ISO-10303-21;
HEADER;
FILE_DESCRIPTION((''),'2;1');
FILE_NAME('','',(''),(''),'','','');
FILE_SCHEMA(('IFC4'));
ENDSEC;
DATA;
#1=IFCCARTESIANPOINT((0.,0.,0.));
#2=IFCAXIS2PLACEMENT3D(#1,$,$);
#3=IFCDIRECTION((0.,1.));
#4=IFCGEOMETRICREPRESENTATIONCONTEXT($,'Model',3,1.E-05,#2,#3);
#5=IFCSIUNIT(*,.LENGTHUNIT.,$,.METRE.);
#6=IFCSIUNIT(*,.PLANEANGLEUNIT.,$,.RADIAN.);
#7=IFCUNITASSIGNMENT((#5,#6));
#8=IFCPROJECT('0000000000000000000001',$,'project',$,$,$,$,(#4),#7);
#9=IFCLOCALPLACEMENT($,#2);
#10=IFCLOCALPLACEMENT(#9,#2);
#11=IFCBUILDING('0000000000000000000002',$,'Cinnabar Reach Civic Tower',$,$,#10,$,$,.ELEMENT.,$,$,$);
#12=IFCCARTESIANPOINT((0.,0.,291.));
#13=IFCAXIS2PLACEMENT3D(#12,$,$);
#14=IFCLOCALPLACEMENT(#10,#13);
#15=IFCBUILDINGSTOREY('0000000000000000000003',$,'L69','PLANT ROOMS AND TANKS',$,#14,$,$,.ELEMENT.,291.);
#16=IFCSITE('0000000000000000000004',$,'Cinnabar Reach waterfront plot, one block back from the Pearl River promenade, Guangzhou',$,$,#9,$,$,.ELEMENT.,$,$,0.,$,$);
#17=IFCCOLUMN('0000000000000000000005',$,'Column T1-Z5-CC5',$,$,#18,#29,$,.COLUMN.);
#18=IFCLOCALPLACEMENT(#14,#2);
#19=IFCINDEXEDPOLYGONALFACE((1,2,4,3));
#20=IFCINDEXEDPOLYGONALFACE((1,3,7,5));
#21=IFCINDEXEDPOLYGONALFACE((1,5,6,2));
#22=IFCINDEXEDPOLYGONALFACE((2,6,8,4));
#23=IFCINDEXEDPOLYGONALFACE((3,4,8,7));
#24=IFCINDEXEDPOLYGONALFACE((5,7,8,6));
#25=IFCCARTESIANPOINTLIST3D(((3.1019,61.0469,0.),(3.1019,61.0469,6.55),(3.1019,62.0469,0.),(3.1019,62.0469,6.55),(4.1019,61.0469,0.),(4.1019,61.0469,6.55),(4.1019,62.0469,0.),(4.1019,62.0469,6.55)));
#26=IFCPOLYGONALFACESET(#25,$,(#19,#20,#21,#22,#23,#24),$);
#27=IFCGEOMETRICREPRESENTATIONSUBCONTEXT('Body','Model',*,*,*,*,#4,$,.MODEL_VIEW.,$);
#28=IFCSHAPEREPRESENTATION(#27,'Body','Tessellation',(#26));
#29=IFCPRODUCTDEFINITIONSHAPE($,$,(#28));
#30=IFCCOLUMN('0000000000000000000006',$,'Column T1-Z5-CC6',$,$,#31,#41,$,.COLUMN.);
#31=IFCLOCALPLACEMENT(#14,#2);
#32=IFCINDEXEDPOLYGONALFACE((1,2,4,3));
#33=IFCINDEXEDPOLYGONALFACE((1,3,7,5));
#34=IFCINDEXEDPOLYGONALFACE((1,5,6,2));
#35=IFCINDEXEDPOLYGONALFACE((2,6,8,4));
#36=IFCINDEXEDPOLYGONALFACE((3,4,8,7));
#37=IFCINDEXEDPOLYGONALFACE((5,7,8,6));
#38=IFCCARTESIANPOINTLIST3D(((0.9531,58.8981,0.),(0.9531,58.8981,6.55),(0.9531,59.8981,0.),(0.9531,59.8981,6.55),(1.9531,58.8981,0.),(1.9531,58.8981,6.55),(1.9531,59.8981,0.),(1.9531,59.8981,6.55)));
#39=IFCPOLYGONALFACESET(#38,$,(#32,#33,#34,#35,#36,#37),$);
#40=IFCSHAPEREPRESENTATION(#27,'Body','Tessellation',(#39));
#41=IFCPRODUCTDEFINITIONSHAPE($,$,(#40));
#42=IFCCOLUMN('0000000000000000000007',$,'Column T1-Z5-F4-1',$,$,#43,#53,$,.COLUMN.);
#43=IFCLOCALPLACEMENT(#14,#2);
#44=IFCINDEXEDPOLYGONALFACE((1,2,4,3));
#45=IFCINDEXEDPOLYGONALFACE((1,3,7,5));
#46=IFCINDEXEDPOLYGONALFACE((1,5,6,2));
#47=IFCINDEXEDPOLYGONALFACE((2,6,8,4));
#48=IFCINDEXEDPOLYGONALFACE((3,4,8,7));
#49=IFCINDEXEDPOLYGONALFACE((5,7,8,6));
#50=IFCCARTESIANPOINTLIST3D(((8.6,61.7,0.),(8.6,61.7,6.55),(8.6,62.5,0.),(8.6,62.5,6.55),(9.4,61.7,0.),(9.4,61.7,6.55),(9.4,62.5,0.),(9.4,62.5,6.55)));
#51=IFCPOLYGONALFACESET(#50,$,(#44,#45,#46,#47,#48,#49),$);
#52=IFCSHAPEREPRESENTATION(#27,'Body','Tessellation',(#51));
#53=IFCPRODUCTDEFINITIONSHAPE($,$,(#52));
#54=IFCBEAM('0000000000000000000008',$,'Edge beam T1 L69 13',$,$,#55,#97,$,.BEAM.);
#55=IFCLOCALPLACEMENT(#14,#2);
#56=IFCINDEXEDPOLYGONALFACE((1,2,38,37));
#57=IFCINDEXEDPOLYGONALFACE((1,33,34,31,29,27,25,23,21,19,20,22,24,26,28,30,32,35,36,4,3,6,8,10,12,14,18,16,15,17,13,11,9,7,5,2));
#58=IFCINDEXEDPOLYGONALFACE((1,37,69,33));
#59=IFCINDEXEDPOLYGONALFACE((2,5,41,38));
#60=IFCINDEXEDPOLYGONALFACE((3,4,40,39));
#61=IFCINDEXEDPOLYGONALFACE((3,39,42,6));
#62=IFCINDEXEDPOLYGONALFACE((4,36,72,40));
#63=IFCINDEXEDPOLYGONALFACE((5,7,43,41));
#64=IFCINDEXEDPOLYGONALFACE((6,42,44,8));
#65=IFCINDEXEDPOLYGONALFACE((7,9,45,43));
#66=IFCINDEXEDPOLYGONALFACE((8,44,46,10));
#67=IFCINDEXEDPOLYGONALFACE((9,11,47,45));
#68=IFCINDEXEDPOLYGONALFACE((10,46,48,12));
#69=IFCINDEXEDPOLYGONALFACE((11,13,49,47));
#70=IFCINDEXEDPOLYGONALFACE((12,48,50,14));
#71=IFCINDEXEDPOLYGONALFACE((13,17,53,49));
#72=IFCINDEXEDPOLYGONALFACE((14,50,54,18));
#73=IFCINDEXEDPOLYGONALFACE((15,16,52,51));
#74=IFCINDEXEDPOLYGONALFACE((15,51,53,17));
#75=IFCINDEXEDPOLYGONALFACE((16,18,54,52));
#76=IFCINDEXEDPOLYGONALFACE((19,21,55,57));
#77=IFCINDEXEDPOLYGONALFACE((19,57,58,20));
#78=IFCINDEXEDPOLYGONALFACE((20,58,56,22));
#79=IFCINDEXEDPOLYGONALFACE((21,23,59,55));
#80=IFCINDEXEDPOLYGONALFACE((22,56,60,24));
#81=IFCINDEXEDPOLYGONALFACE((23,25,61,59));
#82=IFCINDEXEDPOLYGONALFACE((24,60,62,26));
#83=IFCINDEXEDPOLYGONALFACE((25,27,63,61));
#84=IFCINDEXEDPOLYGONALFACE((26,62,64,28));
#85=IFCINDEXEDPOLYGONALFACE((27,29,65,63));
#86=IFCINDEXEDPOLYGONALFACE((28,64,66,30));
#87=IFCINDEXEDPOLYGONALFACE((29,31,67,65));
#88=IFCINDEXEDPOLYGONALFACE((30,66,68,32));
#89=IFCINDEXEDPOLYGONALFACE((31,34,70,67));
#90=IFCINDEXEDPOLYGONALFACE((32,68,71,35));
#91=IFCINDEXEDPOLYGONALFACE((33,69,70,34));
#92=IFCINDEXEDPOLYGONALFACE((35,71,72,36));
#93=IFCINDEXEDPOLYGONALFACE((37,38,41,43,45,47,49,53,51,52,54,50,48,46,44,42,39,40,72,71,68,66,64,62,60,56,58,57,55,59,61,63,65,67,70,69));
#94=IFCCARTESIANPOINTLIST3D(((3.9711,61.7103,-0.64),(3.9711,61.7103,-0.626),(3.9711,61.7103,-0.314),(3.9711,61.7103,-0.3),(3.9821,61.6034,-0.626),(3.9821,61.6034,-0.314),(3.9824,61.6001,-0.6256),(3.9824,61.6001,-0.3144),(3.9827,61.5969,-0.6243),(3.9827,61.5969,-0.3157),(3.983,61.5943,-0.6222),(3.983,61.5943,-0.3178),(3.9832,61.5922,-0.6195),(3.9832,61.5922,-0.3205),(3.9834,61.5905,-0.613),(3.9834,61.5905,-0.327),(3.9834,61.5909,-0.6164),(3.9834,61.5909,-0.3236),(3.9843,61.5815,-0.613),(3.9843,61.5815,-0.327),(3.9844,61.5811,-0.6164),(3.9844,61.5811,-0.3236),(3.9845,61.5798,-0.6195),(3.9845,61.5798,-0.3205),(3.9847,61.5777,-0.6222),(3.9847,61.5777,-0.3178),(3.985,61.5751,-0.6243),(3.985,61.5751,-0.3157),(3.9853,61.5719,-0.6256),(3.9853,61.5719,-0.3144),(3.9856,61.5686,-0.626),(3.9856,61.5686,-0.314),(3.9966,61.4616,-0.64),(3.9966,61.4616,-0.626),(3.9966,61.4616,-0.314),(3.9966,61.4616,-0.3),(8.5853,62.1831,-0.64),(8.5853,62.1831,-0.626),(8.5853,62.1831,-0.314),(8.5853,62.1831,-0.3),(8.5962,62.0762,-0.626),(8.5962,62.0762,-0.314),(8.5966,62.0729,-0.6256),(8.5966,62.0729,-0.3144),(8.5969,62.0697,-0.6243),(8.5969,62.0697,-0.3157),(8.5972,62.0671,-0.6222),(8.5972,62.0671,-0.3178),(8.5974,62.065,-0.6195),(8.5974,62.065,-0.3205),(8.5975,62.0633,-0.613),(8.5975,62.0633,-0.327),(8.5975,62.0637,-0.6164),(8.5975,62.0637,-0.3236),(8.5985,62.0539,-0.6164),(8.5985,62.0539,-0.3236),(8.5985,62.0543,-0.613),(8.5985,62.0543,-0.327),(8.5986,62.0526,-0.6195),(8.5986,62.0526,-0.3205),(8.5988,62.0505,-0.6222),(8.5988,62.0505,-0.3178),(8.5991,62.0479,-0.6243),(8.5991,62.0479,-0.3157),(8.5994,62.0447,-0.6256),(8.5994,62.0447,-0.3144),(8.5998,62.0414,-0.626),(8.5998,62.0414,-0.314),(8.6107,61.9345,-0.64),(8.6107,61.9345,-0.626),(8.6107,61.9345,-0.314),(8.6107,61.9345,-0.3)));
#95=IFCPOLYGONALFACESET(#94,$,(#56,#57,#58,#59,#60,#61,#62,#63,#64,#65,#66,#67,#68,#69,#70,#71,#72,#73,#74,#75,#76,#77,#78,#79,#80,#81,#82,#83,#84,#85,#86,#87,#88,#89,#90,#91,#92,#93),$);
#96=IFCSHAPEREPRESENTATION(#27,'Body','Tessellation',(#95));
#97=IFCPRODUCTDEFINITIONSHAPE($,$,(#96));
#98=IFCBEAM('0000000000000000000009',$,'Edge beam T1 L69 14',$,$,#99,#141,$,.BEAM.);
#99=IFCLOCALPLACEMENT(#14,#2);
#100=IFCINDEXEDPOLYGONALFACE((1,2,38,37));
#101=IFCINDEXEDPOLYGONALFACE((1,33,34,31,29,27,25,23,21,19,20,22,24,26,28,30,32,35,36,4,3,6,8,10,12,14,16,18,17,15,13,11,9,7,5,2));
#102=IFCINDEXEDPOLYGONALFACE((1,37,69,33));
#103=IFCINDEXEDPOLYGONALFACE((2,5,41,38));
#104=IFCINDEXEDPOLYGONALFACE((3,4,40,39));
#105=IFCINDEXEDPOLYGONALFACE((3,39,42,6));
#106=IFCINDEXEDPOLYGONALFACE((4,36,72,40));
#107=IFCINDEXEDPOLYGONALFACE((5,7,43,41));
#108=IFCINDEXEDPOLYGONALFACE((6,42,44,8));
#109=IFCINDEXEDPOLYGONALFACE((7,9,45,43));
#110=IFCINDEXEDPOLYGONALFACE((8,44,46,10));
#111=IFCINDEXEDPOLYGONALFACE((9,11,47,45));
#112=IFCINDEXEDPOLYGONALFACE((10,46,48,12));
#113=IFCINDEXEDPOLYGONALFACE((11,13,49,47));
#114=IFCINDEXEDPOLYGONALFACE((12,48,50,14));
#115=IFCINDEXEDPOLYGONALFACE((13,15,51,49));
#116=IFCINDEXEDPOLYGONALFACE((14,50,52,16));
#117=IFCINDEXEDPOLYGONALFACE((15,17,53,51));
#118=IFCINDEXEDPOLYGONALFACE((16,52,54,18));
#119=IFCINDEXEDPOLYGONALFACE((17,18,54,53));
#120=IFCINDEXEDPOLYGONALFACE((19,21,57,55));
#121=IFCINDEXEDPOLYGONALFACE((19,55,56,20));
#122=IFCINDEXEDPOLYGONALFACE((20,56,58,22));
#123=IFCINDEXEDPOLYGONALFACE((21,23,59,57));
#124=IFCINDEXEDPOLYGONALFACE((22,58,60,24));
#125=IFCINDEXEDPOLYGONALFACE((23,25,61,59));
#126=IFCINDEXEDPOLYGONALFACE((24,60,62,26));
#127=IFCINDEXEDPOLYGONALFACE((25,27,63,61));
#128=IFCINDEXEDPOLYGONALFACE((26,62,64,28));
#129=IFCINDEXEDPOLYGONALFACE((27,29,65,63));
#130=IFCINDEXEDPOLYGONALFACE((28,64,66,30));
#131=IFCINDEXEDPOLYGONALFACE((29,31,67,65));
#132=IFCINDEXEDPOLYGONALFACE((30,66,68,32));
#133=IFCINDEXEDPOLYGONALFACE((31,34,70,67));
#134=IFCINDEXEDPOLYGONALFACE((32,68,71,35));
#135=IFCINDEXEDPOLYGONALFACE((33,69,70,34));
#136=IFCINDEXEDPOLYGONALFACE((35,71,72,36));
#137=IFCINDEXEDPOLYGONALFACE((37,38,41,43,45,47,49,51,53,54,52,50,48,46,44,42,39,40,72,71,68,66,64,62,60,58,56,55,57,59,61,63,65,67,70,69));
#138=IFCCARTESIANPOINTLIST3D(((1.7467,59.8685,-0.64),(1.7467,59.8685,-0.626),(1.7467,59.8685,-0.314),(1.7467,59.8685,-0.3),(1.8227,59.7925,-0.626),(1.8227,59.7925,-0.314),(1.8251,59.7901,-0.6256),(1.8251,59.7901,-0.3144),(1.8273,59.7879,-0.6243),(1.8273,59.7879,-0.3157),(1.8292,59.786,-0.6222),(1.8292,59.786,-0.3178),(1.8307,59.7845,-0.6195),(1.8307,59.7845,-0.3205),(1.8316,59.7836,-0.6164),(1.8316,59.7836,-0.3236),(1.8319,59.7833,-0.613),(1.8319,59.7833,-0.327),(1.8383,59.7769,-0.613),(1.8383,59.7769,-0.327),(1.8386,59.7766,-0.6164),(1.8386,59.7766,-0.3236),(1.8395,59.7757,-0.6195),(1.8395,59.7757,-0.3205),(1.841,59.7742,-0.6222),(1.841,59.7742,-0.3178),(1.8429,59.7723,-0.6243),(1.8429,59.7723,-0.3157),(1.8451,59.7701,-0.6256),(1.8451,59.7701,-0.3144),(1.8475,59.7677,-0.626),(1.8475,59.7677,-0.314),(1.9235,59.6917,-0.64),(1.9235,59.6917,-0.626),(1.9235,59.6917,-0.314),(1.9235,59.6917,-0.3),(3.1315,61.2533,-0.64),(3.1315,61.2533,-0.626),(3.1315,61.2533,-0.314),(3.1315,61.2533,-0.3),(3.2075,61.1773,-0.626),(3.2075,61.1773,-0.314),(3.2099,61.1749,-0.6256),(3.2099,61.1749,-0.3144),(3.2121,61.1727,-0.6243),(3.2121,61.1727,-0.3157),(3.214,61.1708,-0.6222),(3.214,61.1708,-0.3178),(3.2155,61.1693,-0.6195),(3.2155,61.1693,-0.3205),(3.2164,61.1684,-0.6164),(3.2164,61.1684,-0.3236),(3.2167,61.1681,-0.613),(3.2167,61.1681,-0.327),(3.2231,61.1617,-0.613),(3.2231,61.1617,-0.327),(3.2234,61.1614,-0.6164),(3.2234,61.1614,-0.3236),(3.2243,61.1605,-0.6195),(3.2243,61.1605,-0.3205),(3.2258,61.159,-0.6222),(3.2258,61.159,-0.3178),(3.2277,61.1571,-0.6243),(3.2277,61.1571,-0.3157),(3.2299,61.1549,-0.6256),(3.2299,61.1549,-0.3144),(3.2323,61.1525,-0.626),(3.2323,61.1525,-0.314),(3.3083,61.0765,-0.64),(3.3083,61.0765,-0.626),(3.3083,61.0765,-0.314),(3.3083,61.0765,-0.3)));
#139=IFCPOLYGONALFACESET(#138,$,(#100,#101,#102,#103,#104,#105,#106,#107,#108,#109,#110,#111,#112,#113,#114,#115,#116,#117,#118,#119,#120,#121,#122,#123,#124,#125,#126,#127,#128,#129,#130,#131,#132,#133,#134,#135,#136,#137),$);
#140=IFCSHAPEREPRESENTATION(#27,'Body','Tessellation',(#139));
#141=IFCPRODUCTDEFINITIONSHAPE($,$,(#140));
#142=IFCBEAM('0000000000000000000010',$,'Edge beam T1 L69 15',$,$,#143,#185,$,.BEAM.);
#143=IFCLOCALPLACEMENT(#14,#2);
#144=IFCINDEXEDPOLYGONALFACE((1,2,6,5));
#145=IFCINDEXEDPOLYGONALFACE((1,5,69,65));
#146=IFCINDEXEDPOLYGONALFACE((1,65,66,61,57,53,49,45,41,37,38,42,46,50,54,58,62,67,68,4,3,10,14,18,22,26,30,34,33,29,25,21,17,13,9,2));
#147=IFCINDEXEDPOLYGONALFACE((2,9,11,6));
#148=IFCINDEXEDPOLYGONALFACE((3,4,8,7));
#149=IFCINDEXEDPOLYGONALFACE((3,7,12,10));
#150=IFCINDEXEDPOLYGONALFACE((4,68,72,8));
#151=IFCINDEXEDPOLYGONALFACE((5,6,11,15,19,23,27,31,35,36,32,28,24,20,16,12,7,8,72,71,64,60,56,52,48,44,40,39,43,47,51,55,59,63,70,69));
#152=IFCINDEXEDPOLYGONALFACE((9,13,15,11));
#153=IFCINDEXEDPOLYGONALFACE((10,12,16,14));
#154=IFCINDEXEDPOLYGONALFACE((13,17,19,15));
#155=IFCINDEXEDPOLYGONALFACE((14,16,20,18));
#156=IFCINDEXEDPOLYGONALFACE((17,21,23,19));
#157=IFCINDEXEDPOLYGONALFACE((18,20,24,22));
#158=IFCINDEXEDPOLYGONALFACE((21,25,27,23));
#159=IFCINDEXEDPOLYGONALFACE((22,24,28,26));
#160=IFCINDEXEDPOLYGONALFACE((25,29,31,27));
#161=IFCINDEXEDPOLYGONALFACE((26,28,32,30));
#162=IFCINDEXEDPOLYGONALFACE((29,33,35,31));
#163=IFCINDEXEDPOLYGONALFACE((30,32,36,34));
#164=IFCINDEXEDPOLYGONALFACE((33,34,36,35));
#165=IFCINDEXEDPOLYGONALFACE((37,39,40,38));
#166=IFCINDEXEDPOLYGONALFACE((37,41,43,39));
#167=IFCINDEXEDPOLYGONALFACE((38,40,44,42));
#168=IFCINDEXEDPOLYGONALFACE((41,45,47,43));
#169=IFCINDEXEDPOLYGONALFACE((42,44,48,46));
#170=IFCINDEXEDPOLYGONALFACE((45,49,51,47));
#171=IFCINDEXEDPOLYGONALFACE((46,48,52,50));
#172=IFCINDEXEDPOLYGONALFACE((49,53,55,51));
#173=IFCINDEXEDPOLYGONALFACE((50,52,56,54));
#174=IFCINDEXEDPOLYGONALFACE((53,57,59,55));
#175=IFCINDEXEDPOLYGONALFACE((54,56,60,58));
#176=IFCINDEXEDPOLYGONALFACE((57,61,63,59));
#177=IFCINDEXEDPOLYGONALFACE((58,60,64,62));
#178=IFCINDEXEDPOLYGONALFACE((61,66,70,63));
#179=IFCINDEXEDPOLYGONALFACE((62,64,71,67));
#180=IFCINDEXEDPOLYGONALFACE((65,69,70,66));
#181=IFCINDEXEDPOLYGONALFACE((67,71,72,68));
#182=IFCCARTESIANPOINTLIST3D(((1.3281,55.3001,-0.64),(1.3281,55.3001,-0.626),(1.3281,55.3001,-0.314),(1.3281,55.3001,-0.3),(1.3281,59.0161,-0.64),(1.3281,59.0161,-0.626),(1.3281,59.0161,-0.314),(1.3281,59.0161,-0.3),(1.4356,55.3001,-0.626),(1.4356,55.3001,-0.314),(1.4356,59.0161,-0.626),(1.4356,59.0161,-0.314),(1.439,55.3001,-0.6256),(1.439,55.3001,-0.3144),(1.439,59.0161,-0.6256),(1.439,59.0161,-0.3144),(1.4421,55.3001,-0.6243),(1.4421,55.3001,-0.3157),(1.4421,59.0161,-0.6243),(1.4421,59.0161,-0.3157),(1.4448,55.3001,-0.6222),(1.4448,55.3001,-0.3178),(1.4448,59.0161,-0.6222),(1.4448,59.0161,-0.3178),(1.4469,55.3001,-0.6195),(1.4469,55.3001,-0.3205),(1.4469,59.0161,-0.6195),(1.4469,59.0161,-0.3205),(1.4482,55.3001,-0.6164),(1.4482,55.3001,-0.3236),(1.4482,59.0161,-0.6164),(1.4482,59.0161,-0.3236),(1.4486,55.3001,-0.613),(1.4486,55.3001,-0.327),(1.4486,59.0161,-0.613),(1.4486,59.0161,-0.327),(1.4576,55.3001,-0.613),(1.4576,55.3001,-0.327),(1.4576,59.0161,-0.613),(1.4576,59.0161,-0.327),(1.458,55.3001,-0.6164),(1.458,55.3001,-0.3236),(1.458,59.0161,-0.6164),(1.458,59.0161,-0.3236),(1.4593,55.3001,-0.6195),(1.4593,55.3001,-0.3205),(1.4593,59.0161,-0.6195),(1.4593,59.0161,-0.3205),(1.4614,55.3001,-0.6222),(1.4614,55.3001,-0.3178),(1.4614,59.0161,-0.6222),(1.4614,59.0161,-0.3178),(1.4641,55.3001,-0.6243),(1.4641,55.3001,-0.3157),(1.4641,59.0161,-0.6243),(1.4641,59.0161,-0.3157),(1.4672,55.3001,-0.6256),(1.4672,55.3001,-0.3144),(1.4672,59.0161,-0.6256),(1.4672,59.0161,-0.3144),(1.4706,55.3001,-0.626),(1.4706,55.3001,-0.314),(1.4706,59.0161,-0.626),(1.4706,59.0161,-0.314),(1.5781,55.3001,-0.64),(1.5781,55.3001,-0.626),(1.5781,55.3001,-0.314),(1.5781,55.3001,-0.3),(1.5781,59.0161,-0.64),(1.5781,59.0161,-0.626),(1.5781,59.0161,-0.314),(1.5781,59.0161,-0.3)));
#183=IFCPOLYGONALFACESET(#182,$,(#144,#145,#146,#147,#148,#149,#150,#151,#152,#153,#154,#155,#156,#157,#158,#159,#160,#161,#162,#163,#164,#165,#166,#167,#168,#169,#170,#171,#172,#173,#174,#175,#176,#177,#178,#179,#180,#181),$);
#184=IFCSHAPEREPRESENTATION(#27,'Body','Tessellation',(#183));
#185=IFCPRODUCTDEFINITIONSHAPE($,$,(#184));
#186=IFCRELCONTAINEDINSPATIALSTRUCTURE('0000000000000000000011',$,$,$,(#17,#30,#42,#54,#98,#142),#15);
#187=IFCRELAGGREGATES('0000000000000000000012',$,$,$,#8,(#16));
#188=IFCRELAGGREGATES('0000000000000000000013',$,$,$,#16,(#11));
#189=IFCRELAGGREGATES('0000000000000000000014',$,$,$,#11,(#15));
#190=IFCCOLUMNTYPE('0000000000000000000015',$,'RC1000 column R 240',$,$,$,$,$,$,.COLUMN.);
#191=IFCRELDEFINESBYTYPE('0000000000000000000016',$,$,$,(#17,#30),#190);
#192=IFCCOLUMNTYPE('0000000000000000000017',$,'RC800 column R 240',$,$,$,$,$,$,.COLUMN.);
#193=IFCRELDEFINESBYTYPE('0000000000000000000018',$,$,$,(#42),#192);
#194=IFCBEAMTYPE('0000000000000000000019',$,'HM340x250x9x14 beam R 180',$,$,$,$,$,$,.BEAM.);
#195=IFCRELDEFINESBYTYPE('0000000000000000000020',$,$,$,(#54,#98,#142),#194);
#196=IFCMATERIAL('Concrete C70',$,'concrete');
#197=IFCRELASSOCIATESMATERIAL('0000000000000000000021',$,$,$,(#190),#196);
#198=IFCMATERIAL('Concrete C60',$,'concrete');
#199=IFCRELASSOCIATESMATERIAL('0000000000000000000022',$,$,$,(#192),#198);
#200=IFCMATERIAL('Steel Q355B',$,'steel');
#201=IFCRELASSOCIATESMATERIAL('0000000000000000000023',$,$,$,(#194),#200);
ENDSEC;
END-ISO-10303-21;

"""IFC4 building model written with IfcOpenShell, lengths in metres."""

from ifc_helpers import new_model, si_unit, direction, frame, origin, origin_2d, place, context, subcontext, project, spatial, rectangle, i_section, extrude, material, material_profile, profile_set, type_object, element, save


model = new_model("IFC4")

# Units and contexts
model_context = context("Model", 3, precision=1e-05, world=origin(), true_north=direction((0.0, 1.0)))
body_context = subcontext(model_context, "Body", "Model", "MODEL_VIEW")
ifc_project = project(units=[si_unit("LENGTHUNIT", "METRE"), si_unit("PLANEANGLEUNIT", "RADIAN")], contexts=[model_context])

# Site, building, storey
site_placement = place(None, origin())
site = spatial("IfcSite", under=ifc_project, at=site_placement, Name="Cinnabar Reach waterfront plot, one block back from the Pearl River promenade, Guangzhou", CompositionType="ELEMENT", RefElevation=0.0)
building_placement = place(site_placement, origin())
building = spatial("IfcBuilding", under=site, at=building_placement, Name="Cinnabar Reach Civic Tower", CompositionType="ELEMENT")
storey_placement = place(building_placement, frame((0.0, 0.0, 291.0)))
storey = spatial("IfcBuildingStorey", under=building, at=storey_placement, Name="L69", Description="PLANT ROOMS AND TANKS", CompositionType="ELEMENT", Elevation=291.0)

# Columns
ifc_material_1 = material(Name="Concrete C70", Category="concrete")
ifc_material_profile_1 = material_profile(ifc_material_1, rectangle(XDim=1.0, YDim=1.0, at=origin_2d()), Name="RC1000")
ifc_profile_set_1 = profile_set([ifc_material_profile_1], Name="Concrete C70")
column_type_1 = type_object("IfcColumnType", Name="RC1000 column R 240", PredefinedType="COLUMN", material=ifc_profile_set_1)
for number, where, z_axis, x_axis, name in (
    (1, (3.6019, 61.5469, 0.0), (0.0, 0.0, 1.0), (1.0, 0.0, 0.0), "Column T1-Z5-CC5"),
    (2, (1.4531, 59.3981, 0.0), (0.0, 0.0, 1.0), (1.0, 0.0, 0.0), "Column T1-Z5-CC6"),
):
    element("IfcColumn", number, at=place(storey_placement, frame(where, z_axis=z_axis, x_axis=x_axis)), inside=storey, type_object=column_type_1, Name=name, PredefinedType="COLUMN", context=body_context, shape_type="SweptSolid", body=[
        extrude(rectangle(XDim=1.0, YDim=1.0, at=origin_2d()), origin(), (0.0, 0.0, 1.0), 6.55),
    ])
ifc_material_2 = material(Name="Concrete C60", Category="concrete")
ifc_material_profile_2 = material_profile(ifc_material_2, rectangle(XDim=0.8, YDim=0.8, at=origin_2d()), Name="RC800")
ifc_profile_set_2 = profile_set([ifc_material_profile_2], Name="Concrete C60")
column_type_2 = type_object("IfcColumnType", Name="RC800 column R 240", PredefinedType="COLUMN", material=ifc_profile_set_2)
column_placement = place(storey_placement, frame((9.0, 62.1, 0.0), z_axis=(0.0, 0.0, 1.0), x_axis=(1.0, 0.0, 0.0)))
element("IfcColumn", 3, at=column_placement, inside=storey, type_object=column_type_2, Name="Column T1-Z5-F4-1", PredefinedType="COLUMN", context=body_context, shape_type="SweptSolid", body=[
    extrude(rectangle(XDim=0.8, YDim=0.8, at=origin_2d()), origin(), (0.0, 0.0, 1.0), 6.55),
])

# Beams
ifc_material_3 = material(Name="Steel Q355B", Category="steel")
ifc_material_profile_3 = material_profile(ifc_material_3, i_section(OverallWidth=0.25, OverallDepth=0.34, WebThickness=0.009, FlangeThickness=0.014, FilletRadius=0.013, at=origin_2d()), Name="HM340x250x9x14")
ifc_profile_set_3 = profile_set([ifc_material_profile_3], Name="Steel Q355B")
beam_type_1 = type_object("IfcBeamType", Name="HM340x250x9x14 beam R 180", PredefinedType="BEAM", material=ifc_profile_set_3)
beam_1_placement = place(storey_placement, frame((8.598, 62.0588, -0.47), z_axis=(-0.994791, -0.101935, 0.0), x_axis=(0.101935, -0.994791, 0.0)))
element("IfcBeam", 4, at=beam_1_placement, inside=storey, type_object=beam_type_1, Name="Edge beam T1 L69 13", PredefinedType="BEAM", context=body_context, shape_type="SweptSolid", body=[
    extrude(i_section(OverallWidth=0.25, OverallDepth=0.34, WebThickness=0.009, FlangeThickness=0.014, FilletRadius=0.013, at=origin_2d()), origin(), (0.0, 0.0, 1.0), 4.6383),
])
beam_2_placement = place(storey_placement, frame((3.2199, 61.1649, -0.47), z_axis=(-0.707107, -0.707107, 0.0), x_axis=(0.707107, -0.707107, 0.0)))
element("IfcBeam", 5, at=beam_2_placement, inside=storey, type_object=beam_type_1, Name="Edge beam T1 L69 14", PredefinedType="BEAM", context=body_context, shape_type="SweptSolid", body=[
    extrude(i_section(OverallWidth=0.25, OverallDepth=0.34, WebThickness=0.009, FlangeThickness=0.014, FilletRadius=0.013, at=origin_2d()), origin(), (0.0, 0.0, 1.0), 1.9584),
])
beam_3_placement = place(storey_placement, frame((1.4531, 59.0161, -0.47), z_axis=(0.0, -1.0, 0.0), x_axis=(1.0, 0.0, 0.0)))
element("IfcBeam", 6, at=beam_3_placement, inside=storey, type_object=beam_type_1, Name="Edge beam T1 L69 15", PredefinedType="BEAM", context=body_context, shape_type="SweptSolid", body=[
    extrude(i_section(OverallWidth=0.25, OverallDepth=0.34, WebThickness=0.009, FlangeThickness=0.014, FilletRadius=0.013, at=origin_2d()), origin(), (0.0, 0.0, 1.0), 3.716),
])

save(model, "model.ifc")
